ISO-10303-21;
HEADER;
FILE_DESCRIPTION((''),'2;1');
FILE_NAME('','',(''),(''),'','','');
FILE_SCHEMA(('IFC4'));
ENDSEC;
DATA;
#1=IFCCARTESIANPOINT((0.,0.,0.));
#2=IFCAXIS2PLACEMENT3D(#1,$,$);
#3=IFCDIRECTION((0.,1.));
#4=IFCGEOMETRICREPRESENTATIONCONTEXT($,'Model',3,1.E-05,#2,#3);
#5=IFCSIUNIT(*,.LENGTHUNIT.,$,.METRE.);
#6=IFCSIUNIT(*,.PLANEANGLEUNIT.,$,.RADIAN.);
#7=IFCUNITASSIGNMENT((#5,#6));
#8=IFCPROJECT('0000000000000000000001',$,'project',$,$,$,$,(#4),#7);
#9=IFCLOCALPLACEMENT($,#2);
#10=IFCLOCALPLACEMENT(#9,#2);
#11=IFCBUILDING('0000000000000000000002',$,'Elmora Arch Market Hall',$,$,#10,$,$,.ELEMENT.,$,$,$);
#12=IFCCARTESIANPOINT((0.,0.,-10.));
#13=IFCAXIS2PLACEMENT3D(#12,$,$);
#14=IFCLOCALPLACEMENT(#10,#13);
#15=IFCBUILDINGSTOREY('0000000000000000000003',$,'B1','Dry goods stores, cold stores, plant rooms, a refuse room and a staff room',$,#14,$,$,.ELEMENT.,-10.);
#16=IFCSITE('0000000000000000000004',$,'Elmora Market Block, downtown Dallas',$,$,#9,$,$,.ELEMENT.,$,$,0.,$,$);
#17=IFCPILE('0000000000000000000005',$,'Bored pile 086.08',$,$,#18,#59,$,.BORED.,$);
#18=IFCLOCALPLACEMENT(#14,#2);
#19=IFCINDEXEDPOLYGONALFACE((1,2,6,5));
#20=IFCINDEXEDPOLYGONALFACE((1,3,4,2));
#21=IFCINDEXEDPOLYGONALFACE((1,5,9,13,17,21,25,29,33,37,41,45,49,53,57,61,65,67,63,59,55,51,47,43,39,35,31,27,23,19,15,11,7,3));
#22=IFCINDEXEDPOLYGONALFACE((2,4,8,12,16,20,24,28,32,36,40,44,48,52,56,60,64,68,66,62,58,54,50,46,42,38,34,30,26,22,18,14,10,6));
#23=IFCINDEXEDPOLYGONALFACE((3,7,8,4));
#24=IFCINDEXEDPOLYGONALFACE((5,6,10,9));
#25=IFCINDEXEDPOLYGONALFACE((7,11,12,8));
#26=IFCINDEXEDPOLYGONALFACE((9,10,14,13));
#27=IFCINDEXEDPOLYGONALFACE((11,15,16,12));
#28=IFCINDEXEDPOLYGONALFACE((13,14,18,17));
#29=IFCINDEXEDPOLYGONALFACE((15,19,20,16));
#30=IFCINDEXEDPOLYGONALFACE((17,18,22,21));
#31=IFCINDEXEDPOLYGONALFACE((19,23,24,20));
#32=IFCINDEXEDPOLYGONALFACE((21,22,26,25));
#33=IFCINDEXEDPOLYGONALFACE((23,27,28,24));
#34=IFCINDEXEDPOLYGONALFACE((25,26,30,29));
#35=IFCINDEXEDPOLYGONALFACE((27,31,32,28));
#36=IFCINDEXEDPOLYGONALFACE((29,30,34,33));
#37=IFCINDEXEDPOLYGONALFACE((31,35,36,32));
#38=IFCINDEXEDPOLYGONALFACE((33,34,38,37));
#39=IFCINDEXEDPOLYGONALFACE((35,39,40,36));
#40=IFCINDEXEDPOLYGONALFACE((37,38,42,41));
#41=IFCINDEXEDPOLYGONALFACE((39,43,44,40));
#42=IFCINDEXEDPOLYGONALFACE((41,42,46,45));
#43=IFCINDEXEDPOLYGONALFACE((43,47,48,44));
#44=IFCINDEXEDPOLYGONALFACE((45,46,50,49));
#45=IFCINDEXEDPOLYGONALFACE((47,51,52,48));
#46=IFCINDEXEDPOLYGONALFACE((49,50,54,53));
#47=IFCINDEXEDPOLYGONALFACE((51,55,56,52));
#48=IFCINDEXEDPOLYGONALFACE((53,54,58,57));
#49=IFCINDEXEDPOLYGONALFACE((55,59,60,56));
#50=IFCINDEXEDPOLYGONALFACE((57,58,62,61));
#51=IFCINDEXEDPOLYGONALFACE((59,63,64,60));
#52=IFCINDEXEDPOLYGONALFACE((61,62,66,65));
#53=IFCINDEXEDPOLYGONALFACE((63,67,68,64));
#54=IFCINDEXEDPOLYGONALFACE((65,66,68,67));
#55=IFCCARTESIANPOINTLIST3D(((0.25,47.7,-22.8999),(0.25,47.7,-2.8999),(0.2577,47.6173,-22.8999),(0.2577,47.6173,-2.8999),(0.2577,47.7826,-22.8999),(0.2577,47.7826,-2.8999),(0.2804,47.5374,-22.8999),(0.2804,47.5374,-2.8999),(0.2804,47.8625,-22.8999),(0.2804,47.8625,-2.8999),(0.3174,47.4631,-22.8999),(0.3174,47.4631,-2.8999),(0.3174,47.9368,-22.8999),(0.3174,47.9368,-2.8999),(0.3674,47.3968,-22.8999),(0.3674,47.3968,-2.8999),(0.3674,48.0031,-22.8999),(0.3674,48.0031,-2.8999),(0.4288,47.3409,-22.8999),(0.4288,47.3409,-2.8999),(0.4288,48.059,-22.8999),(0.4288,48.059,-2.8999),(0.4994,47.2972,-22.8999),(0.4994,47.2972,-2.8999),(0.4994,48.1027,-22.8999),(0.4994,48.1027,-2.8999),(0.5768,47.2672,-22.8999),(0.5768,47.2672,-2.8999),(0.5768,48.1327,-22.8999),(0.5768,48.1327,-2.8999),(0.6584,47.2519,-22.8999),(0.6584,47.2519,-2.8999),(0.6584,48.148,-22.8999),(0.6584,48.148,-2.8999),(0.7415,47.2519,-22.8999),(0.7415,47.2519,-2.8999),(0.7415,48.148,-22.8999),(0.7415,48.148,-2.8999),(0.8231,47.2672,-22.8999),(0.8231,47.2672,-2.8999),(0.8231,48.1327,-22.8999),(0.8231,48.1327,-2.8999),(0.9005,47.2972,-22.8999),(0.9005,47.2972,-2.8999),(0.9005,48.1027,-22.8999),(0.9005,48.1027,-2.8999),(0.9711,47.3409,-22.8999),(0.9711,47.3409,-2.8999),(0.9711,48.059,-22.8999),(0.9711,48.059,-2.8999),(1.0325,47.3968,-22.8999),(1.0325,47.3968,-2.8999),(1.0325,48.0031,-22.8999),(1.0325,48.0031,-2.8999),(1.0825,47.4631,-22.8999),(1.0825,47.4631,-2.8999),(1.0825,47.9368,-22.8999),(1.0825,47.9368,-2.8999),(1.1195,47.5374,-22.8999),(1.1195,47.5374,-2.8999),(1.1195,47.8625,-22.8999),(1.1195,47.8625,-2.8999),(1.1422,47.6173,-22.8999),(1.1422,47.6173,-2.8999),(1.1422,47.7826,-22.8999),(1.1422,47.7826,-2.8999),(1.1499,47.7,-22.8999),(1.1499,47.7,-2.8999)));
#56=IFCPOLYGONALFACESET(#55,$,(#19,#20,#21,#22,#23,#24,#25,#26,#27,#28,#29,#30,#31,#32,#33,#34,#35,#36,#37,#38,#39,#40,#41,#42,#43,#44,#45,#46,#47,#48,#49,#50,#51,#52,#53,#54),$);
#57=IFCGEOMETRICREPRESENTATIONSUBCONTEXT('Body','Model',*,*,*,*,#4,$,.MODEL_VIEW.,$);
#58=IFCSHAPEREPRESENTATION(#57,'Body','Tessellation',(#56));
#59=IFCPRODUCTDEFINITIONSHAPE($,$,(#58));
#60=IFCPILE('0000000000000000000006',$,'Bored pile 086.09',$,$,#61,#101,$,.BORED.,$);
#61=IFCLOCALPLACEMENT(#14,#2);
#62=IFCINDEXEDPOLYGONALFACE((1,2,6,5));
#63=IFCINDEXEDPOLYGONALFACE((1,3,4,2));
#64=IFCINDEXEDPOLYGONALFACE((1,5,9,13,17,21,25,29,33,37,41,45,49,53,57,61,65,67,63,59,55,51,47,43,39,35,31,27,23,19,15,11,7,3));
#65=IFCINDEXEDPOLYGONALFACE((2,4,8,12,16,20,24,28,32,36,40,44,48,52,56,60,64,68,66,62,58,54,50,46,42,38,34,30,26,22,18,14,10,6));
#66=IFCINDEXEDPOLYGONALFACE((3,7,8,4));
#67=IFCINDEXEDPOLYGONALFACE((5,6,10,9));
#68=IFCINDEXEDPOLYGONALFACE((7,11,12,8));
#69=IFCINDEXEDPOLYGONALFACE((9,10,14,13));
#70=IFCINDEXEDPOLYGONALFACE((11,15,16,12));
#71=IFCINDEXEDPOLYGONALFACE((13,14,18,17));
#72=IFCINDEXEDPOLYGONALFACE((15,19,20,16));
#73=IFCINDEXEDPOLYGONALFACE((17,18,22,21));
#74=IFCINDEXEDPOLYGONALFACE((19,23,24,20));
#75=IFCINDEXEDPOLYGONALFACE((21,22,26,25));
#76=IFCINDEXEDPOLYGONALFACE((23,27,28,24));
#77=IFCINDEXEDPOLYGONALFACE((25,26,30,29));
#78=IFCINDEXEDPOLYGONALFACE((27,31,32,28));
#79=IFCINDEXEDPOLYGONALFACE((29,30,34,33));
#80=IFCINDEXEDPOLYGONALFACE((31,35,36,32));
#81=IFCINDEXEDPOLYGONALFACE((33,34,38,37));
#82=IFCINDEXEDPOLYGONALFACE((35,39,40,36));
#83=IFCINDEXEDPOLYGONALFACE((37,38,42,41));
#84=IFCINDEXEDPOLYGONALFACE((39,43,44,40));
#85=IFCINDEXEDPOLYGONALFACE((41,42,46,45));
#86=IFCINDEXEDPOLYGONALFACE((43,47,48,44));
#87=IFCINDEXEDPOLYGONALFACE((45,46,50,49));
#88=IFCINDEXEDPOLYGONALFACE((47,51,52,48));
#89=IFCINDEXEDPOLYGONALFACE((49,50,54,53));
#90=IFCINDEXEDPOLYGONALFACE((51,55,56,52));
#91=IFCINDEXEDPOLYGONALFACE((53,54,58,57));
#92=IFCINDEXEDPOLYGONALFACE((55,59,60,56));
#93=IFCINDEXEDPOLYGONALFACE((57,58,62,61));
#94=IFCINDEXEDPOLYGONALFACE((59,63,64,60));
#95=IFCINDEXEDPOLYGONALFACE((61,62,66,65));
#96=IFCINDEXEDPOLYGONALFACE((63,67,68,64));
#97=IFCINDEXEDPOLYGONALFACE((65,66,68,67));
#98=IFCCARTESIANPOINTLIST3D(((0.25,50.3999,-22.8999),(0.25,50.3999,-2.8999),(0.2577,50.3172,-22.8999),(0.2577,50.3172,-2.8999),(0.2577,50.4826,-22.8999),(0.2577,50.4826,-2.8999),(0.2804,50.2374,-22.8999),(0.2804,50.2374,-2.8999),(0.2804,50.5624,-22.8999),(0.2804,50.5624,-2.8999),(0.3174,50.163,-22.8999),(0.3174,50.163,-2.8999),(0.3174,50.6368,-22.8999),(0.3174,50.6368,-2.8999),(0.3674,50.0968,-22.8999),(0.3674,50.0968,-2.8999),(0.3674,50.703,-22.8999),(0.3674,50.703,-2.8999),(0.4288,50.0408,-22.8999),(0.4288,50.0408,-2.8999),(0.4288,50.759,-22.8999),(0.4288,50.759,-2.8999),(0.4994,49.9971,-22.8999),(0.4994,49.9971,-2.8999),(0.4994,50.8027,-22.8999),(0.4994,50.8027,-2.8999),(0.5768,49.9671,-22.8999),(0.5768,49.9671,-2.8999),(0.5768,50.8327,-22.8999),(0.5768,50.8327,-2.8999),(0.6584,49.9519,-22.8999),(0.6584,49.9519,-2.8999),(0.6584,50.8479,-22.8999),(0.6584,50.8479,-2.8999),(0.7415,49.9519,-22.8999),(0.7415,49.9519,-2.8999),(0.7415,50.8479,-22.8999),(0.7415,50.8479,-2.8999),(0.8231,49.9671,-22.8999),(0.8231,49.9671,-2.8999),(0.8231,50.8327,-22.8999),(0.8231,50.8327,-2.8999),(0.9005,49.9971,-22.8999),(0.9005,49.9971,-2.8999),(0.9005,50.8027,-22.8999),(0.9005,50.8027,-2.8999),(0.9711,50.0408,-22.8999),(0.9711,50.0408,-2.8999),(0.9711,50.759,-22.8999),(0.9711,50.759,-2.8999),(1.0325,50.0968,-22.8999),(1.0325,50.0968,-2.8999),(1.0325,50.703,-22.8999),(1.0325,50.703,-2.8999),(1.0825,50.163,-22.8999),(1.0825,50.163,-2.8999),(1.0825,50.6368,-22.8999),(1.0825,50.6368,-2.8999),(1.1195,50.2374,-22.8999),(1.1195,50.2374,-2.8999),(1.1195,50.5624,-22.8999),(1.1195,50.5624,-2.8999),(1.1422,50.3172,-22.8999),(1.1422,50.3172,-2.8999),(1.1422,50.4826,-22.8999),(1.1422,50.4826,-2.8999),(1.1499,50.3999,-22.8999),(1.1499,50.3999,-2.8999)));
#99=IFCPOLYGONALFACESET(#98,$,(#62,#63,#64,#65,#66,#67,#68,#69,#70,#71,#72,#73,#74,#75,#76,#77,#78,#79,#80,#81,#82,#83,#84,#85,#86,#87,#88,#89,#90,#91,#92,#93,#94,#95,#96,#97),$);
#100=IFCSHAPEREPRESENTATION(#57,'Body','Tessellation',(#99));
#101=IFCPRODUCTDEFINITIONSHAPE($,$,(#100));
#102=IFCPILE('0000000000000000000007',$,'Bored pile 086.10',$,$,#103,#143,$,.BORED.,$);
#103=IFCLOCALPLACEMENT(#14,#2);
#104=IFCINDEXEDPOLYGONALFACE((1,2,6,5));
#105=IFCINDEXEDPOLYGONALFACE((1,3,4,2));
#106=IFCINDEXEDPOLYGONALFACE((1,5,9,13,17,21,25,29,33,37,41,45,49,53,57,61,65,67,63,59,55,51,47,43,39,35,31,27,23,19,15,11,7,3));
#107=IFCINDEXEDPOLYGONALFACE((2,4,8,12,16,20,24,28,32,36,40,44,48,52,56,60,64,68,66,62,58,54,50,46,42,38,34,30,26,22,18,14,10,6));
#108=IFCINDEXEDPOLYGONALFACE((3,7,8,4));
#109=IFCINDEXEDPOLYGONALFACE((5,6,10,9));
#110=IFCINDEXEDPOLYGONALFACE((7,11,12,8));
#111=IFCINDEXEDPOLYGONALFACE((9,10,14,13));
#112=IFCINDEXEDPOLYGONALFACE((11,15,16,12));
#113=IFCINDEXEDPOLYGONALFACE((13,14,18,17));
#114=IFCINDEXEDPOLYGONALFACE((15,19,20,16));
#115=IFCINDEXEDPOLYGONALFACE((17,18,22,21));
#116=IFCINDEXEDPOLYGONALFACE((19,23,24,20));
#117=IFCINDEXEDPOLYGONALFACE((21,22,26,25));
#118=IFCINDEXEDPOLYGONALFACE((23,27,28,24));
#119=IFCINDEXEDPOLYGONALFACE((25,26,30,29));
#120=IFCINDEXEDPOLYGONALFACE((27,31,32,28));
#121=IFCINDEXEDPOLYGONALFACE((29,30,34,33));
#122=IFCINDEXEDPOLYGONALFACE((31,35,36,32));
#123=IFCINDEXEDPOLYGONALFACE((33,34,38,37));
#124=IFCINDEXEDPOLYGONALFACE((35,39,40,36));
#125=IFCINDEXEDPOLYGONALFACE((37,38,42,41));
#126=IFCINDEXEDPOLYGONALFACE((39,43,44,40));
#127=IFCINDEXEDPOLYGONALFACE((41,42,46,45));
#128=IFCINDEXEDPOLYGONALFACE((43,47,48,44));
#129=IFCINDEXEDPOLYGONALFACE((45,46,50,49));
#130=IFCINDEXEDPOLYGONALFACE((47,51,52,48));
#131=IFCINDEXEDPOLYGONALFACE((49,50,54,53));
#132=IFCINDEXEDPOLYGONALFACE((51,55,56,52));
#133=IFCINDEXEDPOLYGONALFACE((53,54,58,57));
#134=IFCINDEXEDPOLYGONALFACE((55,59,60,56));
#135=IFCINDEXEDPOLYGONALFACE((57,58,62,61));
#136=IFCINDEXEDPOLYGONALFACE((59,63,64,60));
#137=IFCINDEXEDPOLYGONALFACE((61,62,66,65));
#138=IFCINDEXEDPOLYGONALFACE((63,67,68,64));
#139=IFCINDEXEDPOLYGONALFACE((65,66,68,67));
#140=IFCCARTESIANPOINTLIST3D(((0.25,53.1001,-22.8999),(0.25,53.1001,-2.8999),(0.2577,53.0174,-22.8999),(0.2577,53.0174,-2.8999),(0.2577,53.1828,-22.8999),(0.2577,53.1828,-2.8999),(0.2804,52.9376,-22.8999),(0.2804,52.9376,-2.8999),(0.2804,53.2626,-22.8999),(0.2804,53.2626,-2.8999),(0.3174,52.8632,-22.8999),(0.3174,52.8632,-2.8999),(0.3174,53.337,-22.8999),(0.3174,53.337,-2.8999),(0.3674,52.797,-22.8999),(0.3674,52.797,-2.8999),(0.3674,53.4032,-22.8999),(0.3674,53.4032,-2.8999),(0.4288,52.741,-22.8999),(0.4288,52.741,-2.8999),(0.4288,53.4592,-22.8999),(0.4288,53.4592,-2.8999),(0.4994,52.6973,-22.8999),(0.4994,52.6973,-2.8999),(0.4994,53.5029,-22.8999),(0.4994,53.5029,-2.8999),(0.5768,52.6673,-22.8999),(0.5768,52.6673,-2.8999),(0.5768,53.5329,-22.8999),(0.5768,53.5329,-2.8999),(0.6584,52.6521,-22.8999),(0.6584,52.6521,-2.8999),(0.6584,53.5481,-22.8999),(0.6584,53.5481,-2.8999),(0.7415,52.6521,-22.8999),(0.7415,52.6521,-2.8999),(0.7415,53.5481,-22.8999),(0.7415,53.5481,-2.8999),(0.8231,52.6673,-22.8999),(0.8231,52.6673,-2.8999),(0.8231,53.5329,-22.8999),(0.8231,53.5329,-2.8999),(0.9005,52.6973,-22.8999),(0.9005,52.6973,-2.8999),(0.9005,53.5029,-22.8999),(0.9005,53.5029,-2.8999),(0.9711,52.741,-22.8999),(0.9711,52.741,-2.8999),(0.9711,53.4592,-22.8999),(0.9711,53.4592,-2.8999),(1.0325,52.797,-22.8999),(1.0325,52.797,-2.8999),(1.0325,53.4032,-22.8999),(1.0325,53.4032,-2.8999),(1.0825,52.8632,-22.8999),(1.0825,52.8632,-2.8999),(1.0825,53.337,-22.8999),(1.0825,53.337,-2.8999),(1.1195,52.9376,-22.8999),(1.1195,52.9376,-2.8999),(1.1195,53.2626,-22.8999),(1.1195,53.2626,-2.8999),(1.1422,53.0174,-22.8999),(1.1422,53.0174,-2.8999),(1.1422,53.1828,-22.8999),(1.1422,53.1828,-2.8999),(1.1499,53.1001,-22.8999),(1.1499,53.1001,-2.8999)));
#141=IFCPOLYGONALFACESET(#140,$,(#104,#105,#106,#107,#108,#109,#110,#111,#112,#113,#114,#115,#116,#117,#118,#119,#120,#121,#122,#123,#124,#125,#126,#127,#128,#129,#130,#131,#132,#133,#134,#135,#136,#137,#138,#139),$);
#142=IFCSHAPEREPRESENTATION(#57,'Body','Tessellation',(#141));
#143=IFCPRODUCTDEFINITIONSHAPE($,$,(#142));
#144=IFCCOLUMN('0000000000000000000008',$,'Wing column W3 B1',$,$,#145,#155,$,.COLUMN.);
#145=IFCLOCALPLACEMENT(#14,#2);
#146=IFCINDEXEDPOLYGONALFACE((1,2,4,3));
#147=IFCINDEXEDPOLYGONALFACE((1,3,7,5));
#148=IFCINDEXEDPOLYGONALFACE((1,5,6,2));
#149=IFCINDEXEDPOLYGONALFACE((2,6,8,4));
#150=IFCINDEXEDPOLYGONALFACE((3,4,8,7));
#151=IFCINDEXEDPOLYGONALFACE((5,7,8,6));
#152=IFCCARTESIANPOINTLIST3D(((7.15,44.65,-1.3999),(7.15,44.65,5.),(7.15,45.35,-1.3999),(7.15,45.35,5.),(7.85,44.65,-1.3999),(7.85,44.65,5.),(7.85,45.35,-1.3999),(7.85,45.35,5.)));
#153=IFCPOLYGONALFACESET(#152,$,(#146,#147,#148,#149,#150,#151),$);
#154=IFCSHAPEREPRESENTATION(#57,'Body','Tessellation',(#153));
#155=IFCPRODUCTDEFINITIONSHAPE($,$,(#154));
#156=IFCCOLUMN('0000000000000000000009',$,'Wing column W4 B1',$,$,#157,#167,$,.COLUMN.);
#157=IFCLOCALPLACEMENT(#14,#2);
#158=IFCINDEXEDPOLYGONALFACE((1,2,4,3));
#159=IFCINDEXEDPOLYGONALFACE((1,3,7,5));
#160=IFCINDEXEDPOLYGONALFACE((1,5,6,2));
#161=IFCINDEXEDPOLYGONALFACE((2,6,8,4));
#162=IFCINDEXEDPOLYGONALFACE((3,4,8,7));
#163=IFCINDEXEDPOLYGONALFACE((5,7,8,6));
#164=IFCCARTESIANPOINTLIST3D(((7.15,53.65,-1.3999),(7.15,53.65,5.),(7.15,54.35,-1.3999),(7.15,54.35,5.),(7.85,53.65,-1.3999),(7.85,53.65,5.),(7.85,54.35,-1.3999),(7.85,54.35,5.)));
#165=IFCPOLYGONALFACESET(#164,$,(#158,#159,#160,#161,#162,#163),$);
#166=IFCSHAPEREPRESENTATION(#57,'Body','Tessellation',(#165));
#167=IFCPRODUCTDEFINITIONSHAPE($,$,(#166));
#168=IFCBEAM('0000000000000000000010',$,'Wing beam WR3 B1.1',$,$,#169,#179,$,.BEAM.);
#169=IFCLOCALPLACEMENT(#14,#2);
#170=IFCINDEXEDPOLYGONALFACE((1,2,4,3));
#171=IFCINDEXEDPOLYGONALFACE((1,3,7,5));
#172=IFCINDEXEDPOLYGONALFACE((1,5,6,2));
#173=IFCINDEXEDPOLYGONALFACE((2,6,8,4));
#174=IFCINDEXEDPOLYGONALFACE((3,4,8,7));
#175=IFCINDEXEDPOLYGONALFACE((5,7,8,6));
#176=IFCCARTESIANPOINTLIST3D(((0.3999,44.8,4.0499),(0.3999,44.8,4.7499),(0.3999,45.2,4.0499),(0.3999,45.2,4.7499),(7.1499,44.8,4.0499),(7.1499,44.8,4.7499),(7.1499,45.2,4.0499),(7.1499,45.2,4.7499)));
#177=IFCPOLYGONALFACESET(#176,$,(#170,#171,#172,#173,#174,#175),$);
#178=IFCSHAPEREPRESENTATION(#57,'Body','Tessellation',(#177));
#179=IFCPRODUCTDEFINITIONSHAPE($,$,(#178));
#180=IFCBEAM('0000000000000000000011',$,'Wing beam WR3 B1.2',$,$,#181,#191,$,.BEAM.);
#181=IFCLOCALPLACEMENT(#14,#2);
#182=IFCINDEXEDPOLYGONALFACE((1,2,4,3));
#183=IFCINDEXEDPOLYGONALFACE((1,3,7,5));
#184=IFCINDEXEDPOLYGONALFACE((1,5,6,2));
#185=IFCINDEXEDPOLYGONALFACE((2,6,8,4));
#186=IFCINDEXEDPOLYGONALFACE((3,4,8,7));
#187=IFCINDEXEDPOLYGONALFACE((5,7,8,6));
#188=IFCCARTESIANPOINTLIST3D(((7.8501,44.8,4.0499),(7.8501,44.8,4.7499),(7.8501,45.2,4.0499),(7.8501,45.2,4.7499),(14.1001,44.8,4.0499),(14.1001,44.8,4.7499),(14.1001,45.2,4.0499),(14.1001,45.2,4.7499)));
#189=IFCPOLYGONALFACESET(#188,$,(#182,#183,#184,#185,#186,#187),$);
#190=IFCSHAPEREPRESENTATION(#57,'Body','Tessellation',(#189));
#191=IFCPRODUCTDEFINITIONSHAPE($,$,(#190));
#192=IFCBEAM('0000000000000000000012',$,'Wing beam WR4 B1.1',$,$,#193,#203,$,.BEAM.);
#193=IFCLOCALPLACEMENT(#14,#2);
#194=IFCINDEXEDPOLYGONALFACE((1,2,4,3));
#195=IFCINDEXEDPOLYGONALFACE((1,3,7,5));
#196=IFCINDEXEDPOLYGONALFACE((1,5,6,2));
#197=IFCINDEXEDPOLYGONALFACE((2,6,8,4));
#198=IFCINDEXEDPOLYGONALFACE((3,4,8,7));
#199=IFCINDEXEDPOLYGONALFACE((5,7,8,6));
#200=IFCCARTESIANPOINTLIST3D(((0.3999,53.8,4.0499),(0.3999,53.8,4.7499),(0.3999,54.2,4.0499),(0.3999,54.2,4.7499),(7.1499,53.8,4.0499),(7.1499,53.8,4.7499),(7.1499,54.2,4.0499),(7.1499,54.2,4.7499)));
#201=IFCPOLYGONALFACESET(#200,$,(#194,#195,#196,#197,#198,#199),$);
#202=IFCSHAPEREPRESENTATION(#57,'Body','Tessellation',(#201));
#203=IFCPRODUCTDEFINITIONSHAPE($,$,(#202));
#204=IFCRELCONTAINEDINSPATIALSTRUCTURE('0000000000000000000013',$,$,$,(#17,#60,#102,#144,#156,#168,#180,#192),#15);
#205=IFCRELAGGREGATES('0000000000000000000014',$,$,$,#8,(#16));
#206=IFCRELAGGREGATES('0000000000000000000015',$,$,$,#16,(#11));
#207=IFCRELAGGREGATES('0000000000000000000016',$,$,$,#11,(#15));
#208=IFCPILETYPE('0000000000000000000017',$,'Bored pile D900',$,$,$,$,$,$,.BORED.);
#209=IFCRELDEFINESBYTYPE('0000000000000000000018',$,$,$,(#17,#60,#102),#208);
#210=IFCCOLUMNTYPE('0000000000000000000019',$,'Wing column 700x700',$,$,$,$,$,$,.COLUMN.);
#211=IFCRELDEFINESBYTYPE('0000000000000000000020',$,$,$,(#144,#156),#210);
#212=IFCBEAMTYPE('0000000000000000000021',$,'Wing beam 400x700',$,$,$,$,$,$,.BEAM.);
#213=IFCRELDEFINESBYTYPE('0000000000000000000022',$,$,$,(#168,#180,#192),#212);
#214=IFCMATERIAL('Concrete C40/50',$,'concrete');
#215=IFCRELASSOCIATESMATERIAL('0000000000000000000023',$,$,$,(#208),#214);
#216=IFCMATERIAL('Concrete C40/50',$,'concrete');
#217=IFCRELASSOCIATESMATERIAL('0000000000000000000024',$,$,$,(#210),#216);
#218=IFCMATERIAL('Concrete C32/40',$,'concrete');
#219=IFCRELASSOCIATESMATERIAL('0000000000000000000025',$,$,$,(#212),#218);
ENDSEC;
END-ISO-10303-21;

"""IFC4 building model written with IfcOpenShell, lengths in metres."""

from ifc_helpers import new_model, si_unit, direction, frame, origin, origin_2d, place, context, subcontext, project, spatial, rectangle, circle, extrude, material, material_profile, profile_set, type_object, element, save


model = new_model("IFC4")

# Units and contexts
model_context = context("Model", 3, precision=1e-05, world=origin(), true_north=direction((0.0, 1.0)))
body_context = subcontext(model_context, "Body", "Model", "MODEL_VIEW")
ifc_project = project(units=[si_unit("LENGTHUNIT", "METRE"), si_unit("PLANEANGLEUNIT", "RADIAN")], contexts=[model_context])

# Site, building, storey
site_placement = place(None, origin())
site = spatial("IfcSite", under=ifc_project, at=site_placement, Name="Elmora Market Block, downtown Dallas", CompositionType="ELEMENT", RefElevation=0.0)
building_placement = place(site_placement, origin())
building = spatial("IfcBuilding", under=site, at=building_placement, Name="Elmora Arch Market Hall", CompositionType="ELEMENT")
storey_placement = place(building_placement, frame((0.0, 0.0, -10.0)))
storey = spatial("IfcBuildingStorey", under=building, at=storey_placement, Name="B1", Description="Dry goods stores, cold stores, plant rooms, a refuse room and a staff room", CompositionType="ELEMENT", Elevation=-10.0)

# Piles
ifc_material_1 = material(Name="Concrete C40/50", Category="concrete")
ifc_material_profile_1 = material_profile(ifc_material_1, circle(Radius=0.45, at=origin_2d()), Name="Bored pile D900")
ifc_profile_set_1 = profile_set([ifc_material_profile_1], Name="Concrete C40/50")
pile_type = type_object("IfcPileType", Name="Bored pile D900", PredefinedType="BORED", material=ifc_profile_set_1)
for number, where, z_axis, x_axis, name in (
    (1, (0.7, 47.7, -2.8999), (0.0, 0.0, -1.0), (1.0, 0.0, 0.0), "Bored pile 086.08"),
    (2, (0.7, 50.3999, -2.8999), (0.0, 0.0, -1.0), (1.0, 0.0, 0.0), "Bored pile 086.09"),
    (3, (0.7, 53.1001, -2.8999), (0.0, 0.0, -1.0), (1.0, 0.0, 0.0), "Bored pile 086.10"),
):
    element("IfcPile", number, at=place(storey_placement, frame(where, z_axis=z_axis, x_axis=x_axis)), inside=storey, type_object=pile_type, Name=name, PredefinedType="BORED", context=body_context, shape_type="SweptSolid", body=[
        extrude(circle(Radius=0.45, at=origin_2d()), origin(), (0.0, 0.0, 1.0), 20.0),
    ])

# Columns
ifc_material_2 = material(Name="Concrete C40/50", Category="concrete")
ifc_material_profile_2 = material_profile(ifc_material_2, rectangle(XDim=0.7, YDim=0.7, at=origin_2d()), Name="Wing column 700x700")
ifc_profile_set_2 = profile_set([ifc_material_profile_2], Name="Concrete C40/50")
column_type = type_object("IfcColumnType", Name="Wing column 700x700", PredefinedType="COLUMN", material=ifc_profile_set_2)
for number, where, z_axis, x_axis, name in (
    (4, (7.5, 45.0, -1.3999), (0.0, 0.0, 1.0), (1.0, 0.0, 0.0), "Wing column W3 B1"),
    (5, (7.5, 54.0, -1.3999), (0.0, 0.0, 1.0), (1.0, 0.0, 0.0), "Wing column W4 B1"),
):
    element("IfcColumn", number, at=place(storey_placement, frame(where, z_axis=z_axis, x_axis=x_axis)), inside=storey, type_object=column_type, Name=name, PredefinedType="COLUMN", context=body_context, shape_type="SweptSolid", body=[
        extrude(rectangle(XDim=0.7, YDim=0.7, at=origin_2d()), origin(), (0.0, 0.0, 1.0), 6.3999),
    ])

# Beams
ifc_material_3 = material(Name="Concrete C32/40", Category="concrete")
ifc_material_profile_3 = material_profile(ifc_material_3, rectangle(XDim=0.3999, YDim=0.7, at=origin_2d()), Name="Wing beam 400x700")
ifc_profile_set_3 = profile_set([ifc_material_profile_3], Name="Concrete C32/40")
beam_type_1 = type_object("IfcBeamType", Name="Wing beam 400x700", PredefinedType="BEAM", material=ifc_profile_set_3)
beam_1_placement = place(storey_placement, frame((0.3999, 45.0, 4.3999), z_axis=(1.0, 0.0, 0.0), x_axis=(0.0, 1.0, 0.0)))
element("IfcBeam", 6, at=beam_1_placement, inside=storey, type_object=beam_type_1, Name="Wing beam WR3 B1.1", PredefinedType="BEAM", context=body_context, shape_type="SweptSolid", body=[
    extrude(rectangle(XDim=0.3999, YDim=0.7, at=origin_2d()), origin(), (0.0, 0.0, 1.0), 6.75),
])
beam_2_placement = place(storey_placement, frame((7.8501, 45.0, 4.3999), z_axis=(1.0, 0.0, 0.0), x_axis=(0.0, 1.0, 0.0)))
element("IfcBeam", 7, at=beam_2_placement, inside=storey, type_object=beam_type_1, Name="Wing beam WR3 B1.2", PredefinedType="BEAM", context=body_context, shape_type="SweptSolid", body=[
    extrude(rectangle(XDim=0.3999, YDim=0.7, at=origin_2d()), origin(), (0.0, 0.0, 1.0), 6.25),
])
beam_3_placement = place(storey_placement, frame((0.3999, 54.0, 4.3999), z_axis=(1.0, 0.0, 0.0), x_axis=(0.0, 1.0, 0.0)))
element("IfcBeam", 8, at=beam_3_placement, inside=storey, type_object=beam_type_1, Name="Wing beam WR4 B1.1", PredefinedType="BEAM", context=body_context, shape_type="SweptSolid", body=[
    extrude(rectangle(XDim=0.3999, YDim=0.7, at=origin_2d()), origin(), (0.0, 0.0, 1.0), 6.75),
])

save(model, "model.ifc")
